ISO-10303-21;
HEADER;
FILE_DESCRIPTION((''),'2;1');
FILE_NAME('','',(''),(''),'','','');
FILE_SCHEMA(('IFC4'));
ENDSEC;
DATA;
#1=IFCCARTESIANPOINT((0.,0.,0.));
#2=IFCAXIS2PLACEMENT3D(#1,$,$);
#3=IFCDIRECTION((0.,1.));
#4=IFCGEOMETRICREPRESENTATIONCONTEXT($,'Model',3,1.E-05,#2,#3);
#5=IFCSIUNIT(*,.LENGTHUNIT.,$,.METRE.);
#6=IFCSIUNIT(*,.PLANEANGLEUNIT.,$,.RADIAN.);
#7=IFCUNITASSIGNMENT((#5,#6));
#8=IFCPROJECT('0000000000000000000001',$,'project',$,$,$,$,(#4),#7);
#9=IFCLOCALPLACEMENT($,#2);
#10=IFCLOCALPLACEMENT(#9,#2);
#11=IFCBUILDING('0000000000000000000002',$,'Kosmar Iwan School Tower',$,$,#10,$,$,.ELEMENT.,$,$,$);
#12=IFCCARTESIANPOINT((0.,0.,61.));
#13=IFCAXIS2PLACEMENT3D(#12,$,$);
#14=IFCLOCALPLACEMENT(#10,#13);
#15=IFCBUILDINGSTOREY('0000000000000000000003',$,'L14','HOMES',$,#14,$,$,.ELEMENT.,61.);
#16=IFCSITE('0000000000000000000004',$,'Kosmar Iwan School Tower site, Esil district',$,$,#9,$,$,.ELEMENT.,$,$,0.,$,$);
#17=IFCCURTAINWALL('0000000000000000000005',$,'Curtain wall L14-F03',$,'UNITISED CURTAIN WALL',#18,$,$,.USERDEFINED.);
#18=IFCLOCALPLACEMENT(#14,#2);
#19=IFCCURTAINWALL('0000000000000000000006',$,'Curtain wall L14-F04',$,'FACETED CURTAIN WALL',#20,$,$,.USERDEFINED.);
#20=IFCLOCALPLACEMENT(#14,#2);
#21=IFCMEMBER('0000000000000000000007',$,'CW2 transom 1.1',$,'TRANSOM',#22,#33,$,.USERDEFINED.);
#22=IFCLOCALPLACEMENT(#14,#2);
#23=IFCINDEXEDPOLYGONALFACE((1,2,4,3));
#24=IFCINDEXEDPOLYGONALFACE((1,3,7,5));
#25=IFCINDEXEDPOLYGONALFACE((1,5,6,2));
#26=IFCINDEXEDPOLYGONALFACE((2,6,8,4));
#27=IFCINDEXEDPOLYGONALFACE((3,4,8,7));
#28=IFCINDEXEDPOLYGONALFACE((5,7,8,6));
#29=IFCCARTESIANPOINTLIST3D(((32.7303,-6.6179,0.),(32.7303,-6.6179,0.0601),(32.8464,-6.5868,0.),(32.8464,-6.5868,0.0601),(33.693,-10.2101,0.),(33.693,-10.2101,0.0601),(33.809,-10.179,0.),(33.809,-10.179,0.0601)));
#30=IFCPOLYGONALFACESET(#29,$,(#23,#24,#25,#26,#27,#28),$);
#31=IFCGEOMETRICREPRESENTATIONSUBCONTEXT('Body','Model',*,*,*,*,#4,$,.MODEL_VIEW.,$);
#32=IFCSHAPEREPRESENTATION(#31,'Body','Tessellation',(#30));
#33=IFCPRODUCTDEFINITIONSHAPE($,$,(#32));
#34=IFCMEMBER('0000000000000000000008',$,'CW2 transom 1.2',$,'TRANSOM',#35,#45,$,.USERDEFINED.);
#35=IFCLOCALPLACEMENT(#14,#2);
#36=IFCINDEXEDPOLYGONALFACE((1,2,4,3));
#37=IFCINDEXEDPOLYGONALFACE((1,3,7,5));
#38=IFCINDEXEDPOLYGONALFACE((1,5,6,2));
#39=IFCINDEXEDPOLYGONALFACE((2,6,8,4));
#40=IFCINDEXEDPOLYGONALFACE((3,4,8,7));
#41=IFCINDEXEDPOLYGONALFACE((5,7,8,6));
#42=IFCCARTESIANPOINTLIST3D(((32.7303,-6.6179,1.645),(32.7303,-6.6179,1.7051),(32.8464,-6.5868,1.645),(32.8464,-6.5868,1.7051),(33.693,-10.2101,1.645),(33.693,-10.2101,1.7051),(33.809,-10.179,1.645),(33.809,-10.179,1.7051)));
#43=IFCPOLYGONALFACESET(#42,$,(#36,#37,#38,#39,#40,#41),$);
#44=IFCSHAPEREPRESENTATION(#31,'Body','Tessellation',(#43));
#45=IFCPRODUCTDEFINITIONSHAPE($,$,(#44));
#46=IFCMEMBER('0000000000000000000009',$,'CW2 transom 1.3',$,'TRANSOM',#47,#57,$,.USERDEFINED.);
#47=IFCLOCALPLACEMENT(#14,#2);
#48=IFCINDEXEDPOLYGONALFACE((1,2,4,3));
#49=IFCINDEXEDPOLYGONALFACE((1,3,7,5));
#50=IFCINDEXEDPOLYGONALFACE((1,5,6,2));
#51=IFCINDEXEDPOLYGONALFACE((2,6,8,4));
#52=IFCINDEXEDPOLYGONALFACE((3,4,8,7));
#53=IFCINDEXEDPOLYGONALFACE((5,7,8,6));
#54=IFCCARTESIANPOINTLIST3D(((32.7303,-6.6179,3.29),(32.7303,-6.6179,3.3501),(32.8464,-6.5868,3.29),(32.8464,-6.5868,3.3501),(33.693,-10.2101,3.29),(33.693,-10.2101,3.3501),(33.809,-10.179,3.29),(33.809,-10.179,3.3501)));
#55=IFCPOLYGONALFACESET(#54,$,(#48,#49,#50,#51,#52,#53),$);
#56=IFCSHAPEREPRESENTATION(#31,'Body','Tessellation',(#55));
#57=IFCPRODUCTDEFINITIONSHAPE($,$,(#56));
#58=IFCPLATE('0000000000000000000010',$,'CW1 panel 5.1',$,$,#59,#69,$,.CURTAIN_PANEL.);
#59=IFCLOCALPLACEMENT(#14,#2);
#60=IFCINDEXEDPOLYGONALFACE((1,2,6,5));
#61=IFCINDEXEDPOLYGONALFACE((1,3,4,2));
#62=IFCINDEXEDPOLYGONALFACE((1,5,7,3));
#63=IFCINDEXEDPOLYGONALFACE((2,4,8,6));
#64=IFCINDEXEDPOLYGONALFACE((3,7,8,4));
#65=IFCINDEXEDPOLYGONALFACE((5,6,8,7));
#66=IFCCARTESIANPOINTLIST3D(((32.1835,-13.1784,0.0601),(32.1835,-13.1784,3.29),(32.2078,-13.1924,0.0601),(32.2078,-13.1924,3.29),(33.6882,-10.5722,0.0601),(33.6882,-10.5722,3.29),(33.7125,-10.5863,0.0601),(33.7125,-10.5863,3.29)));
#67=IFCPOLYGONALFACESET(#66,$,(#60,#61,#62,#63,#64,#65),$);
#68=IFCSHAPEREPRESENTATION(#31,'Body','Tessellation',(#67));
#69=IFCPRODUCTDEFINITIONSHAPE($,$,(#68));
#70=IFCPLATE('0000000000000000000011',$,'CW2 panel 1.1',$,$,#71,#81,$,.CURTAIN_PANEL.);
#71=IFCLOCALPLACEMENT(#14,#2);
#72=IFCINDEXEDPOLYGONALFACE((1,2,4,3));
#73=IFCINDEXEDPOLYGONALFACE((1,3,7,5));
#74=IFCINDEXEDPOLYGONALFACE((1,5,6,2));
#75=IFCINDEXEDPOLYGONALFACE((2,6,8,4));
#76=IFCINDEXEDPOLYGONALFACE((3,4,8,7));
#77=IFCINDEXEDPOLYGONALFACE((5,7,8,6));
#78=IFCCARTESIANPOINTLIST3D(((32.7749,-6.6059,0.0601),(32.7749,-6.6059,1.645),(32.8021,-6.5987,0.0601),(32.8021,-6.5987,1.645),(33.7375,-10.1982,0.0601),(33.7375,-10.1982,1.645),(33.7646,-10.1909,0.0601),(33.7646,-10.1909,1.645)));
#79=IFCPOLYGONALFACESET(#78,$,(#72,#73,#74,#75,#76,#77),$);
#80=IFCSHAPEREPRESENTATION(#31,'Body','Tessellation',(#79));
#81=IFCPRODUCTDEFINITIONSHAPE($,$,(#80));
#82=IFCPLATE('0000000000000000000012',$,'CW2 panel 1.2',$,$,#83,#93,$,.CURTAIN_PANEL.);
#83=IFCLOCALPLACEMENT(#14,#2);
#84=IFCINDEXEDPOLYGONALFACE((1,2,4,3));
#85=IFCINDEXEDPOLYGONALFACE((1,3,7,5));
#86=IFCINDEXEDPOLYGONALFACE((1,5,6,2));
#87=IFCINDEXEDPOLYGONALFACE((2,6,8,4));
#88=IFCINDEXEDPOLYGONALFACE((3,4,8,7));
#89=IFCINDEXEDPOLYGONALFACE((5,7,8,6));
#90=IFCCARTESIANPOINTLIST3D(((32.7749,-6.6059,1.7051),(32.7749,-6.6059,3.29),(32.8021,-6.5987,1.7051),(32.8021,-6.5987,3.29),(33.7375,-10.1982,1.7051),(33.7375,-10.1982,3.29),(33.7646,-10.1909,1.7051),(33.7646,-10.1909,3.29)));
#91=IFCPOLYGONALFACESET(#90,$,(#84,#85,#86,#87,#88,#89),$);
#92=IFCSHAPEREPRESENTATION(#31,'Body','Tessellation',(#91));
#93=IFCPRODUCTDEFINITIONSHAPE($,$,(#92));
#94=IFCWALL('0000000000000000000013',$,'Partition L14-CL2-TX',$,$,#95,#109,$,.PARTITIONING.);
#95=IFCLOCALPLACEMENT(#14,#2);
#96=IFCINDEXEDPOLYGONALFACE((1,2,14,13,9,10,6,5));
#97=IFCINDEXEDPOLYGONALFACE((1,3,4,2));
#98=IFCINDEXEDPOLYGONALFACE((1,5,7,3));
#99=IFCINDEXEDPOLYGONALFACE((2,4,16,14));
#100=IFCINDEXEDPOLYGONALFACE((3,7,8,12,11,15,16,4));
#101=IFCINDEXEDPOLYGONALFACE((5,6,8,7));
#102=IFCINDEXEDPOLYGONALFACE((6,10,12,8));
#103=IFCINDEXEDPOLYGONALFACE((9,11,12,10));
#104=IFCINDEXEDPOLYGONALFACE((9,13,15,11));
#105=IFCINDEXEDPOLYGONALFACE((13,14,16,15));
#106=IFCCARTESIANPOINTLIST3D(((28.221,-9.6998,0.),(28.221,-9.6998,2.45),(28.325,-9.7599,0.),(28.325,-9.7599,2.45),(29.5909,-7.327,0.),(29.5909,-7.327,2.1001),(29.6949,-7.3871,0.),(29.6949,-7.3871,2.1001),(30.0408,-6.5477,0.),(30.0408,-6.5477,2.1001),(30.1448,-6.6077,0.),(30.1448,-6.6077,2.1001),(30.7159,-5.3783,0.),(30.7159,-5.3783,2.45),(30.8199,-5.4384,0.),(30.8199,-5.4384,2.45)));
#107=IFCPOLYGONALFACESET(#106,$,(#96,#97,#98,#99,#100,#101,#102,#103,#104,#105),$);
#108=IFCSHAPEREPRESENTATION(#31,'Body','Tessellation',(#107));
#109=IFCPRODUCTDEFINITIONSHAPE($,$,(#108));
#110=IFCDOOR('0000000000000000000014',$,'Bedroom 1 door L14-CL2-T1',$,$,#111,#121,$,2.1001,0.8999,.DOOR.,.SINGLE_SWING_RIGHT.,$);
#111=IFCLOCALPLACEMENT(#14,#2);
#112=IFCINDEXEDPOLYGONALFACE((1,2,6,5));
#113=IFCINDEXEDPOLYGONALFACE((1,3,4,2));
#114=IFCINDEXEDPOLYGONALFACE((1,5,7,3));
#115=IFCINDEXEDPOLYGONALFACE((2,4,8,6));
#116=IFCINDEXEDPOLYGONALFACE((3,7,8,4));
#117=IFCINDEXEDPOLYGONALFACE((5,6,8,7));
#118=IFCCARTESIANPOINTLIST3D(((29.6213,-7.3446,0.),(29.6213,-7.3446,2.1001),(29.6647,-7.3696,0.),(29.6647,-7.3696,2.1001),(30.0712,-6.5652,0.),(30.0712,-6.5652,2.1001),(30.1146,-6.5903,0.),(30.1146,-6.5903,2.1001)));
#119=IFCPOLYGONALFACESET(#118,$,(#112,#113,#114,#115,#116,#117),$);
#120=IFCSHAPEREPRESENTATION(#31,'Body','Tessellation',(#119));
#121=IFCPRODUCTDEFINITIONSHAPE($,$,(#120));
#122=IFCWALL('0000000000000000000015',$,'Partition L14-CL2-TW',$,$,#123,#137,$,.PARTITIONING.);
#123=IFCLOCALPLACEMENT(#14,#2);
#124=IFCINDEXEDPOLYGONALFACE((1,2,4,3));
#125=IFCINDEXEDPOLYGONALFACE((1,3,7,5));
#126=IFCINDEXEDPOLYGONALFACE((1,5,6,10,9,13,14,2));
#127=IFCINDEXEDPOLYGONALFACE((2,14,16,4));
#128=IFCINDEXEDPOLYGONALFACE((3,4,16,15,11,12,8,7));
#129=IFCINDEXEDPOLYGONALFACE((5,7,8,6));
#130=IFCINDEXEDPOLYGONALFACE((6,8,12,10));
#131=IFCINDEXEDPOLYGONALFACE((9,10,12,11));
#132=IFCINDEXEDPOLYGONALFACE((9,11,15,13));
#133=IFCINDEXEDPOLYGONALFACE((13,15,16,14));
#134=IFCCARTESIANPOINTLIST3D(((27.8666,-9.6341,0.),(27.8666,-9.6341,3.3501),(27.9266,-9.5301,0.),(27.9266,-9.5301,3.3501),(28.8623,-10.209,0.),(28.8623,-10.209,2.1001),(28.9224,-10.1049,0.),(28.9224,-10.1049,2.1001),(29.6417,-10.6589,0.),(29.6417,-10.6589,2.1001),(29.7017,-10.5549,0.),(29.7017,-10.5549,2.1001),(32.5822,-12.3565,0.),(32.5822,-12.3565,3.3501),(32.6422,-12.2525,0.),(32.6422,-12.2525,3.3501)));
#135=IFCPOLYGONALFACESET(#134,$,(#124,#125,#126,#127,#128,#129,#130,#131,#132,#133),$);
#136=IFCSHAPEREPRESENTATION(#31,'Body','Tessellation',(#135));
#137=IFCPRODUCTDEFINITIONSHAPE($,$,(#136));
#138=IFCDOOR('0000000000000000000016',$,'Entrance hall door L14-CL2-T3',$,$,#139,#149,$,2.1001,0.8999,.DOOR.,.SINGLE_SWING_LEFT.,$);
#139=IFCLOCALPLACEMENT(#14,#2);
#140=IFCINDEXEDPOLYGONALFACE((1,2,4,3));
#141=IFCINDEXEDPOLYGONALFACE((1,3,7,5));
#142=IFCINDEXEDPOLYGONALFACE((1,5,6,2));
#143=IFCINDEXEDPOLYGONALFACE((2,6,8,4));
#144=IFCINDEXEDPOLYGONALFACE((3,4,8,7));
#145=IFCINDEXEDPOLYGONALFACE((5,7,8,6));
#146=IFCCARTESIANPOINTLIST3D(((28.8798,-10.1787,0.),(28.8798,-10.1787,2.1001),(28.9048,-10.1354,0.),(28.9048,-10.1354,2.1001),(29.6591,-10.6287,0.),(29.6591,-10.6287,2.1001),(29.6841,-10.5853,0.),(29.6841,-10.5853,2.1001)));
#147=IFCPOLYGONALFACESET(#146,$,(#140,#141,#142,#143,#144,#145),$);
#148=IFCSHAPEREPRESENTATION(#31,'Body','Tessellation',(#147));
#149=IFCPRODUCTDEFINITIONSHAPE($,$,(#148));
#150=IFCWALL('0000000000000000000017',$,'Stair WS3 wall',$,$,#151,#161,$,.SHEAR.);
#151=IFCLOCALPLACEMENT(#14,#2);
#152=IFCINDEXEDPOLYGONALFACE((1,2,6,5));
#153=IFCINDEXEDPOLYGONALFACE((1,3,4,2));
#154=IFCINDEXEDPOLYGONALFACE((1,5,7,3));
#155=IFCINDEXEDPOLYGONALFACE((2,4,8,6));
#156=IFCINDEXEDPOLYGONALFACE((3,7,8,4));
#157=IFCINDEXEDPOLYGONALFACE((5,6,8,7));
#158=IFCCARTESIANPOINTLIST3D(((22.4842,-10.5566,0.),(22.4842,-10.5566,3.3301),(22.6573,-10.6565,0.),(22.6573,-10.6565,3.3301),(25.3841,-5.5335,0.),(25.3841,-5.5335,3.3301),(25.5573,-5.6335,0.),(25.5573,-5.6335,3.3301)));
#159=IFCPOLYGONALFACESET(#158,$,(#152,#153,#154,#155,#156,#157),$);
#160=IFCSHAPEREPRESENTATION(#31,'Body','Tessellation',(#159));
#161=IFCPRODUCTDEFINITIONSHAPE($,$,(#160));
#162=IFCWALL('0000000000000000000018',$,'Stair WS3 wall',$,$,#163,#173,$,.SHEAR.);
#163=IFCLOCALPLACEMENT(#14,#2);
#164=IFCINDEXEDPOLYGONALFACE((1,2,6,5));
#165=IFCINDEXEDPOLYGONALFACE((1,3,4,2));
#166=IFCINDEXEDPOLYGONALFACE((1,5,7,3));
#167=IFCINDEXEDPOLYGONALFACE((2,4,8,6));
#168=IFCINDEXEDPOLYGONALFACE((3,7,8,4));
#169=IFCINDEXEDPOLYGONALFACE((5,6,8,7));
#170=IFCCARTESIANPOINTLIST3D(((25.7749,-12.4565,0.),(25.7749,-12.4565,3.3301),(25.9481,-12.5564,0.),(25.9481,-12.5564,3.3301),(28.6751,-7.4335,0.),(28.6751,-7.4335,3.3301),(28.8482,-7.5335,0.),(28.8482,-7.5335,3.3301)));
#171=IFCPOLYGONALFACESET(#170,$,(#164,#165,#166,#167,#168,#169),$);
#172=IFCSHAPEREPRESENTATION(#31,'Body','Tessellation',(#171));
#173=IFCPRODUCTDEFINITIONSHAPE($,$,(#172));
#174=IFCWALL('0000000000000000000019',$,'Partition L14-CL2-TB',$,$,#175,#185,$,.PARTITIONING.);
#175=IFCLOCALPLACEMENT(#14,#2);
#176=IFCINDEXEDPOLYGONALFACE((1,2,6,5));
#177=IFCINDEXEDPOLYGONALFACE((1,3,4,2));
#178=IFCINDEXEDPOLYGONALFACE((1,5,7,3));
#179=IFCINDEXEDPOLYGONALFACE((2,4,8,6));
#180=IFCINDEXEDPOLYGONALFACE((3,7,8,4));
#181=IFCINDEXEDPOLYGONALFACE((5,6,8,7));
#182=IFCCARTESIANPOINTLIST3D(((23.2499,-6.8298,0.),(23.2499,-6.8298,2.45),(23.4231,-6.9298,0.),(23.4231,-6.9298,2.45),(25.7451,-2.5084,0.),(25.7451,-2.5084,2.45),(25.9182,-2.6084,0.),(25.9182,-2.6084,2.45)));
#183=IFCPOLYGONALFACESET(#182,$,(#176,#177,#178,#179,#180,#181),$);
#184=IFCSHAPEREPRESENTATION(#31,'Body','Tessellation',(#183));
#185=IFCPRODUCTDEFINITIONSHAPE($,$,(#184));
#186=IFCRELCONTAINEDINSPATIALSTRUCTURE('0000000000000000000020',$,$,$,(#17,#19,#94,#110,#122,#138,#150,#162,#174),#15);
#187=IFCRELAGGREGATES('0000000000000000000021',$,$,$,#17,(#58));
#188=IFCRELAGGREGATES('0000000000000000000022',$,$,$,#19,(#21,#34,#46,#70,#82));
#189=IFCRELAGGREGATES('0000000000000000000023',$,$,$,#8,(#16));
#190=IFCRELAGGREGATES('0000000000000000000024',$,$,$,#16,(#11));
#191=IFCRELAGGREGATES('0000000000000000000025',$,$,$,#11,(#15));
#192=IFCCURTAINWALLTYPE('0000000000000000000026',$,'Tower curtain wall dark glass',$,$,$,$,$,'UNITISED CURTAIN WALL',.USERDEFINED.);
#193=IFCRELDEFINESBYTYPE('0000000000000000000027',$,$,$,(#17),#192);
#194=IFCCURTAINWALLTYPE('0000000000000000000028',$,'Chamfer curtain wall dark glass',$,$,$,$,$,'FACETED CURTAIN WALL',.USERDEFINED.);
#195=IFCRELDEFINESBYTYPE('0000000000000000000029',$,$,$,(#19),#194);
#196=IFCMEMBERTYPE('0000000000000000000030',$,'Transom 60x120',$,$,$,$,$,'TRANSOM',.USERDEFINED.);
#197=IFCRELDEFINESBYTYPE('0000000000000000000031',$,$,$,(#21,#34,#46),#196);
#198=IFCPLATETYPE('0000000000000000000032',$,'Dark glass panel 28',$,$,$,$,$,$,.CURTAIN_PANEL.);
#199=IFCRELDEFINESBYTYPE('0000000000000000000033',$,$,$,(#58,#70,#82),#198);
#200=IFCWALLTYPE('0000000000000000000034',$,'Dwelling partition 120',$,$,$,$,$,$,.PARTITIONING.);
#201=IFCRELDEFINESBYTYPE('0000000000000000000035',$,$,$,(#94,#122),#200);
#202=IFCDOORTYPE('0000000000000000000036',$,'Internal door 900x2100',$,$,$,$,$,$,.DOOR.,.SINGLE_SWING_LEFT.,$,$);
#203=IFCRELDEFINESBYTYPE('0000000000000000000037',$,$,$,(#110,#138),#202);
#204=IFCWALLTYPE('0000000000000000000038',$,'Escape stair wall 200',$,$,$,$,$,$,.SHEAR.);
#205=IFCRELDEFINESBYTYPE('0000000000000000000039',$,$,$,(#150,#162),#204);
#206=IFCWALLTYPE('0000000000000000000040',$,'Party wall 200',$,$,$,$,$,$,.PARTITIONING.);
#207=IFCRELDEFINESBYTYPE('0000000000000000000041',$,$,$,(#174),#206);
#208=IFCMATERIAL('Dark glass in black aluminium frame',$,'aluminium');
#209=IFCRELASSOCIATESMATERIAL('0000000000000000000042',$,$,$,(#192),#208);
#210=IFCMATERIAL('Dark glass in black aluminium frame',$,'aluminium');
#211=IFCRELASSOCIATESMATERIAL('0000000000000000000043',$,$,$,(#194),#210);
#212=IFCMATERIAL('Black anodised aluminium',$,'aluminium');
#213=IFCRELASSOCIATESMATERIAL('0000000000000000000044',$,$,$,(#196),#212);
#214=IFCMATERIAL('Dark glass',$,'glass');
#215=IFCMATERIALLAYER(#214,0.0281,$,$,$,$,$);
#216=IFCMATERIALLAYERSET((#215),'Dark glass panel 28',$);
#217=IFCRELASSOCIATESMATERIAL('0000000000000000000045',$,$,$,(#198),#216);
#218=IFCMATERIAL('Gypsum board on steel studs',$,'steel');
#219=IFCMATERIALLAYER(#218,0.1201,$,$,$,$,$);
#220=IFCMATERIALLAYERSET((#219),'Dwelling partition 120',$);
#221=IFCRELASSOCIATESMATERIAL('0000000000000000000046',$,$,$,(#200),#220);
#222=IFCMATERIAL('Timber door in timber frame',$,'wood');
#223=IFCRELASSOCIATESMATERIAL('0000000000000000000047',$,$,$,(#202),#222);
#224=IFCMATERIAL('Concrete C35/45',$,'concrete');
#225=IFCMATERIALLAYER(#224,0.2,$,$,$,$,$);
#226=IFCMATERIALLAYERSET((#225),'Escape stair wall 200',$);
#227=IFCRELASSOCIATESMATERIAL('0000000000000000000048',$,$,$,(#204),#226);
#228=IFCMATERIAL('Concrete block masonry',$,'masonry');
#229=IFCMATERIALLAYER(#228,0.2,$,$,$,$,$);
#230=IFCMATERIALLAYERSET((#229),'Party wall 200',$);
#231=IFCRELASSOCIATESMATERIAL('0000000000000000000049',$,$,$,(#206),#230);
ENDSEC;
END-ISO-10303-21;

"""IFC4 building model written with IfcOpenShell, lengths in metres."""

from ifc_helpers import new_model, si_unit, direction, frame, frame_2d, origin, origin_2d, place, context, subcontext, project, spatial, rectangle, extrude, material, layer, layer_set, material_profile, profile_set, type_object, element, fill, aggregate, save


model = new_model("IFC4")

# Units and contexts
model_context = context("Model", 3, precision=1e-05, world=origin(), true_north=direction((0.0, 1.0)))
body_context = subcontext(model_context, "Body", "Model", "MODEL_VIEW")
ifc_project = project(units=[si_unit("LENGTHUNIT", "METRE"), si_unit("PLANEANGLEUNIT", "RADIAN")], contexts=[model_context])

# Site, building, storey
site_placement = place(None, origin())
site = spatial("IfcSite", under=ifc_project, at=site_placement, Name="Kosmar Iwan School Tower site, Esil district", CompositionType="ELEMENT", RefElevation=0.0)
building_placement = place(site_placement, origin())
building = spatial("IfcBuilding", under=site, at=building_placement, Name="Kosmar Iwan School Tower", CompositionType="ELEMENT")
storey_placement = place(building_placement, frame((0.0, 0.0, 61.0)))
storey = spatial("IfcBuildingStorey", under=building, at=storey_placement, Name="L14", Description="HOMES", CompositionType="ELEMENT", Elevation=61.0)

# Curtain wall
ifc_material_1 = material(Name="Dark glass in black aluminium frame", Category="aluminium")
curtain_wall_type_1 = type_object("IfcCurtainWallType", Name="Tower curtain wall dark glass", ElementType="UNITISED CURTAIN WALL", PredefinedType="USERDEFINED", material=ifc_material_1)
curtain_wall_1_placement = place(storey_placement, origin())
curtain_wall_1 = element("IfcCurtainWall", 1, at=curtain_wall_1_placement, inside=storey, type_object=curtain_wall_type_1, Name="Curtain wall L14-F03", ObjectType="UNITISED CURTAIN WALL", PredefinedType="USERDEFINED")

# Curtain wall
ifc_material_2 = material(Name="Dark glass in black aluminium frame", Category="aluminium")
curtain_wall_type_2 = type_object("IfcCurtainWallType", Name="Chamfer curtain wall dark glass", ElementType="FACETED CURTAIN WALL", PredefinedType="USERDEFINED", material=ifc_material_2)
curtain_wall_2_placement = place(storey_placement, origin())
curtain_wall_2 = element("IfcCurtainWall", 2, at=curtain_wall_2_placement, inside=storey, type_object=curtain_wall_type_2, Name="Curtain wall L14-F04", ObjectType="FACETED CURTAIN WALL", PredefinedType="USERDEFINED")

# Members
ifc_material_3 = material(Name="Black anodised aluminium", Category="aluminium")
ifc_material_profile_1 = material_profile(ifc_material_3, rectangle(XDim=0.1201, YDim=0.0601, at=origin_2d()), Name="TRANSOM 60x120")
ifc_profile_set_1 = profile_set([ifc_material_profile_1], Name="Black anodised aluminium")
member_type_1 = type_object("IfcMemberType", Name="Transom 60x120", ElementType="TRANSOM", PredefinedType="USERDEFINED", material=ifc_profile_set_1)
member_1_placement = place(storey_placement, frame((33.751, -10.1946, 0.03), z_axis=(-0.258843, 0.965919, 0.0), x_axis=(-0.965919, -0.258843, 0.0)))
member_1 = element("IfcMember", 3, at=member_1_placement, type_object=member_type_1, Name="CW2 transom 1.1", ObjectType="TRANSOM", PredefinedType="USERDEFINED", context=body_context, shape_type="SweptSolid", body=[
    extrude(rectangle(XDim=0.1201, YDim=0.0601, at=origin_2d()), origin(), (0.0, 0.0, 1.0), 3.719),
])
member_2_placement = place(storey_placement, frame((33.751, -10.1946, 1.675), z_axis=(-0.258843, 0.965919, 0.0), x_axis=(-0.965919, -0.258843, 0.0)))
member_2 = element("IfcMember", 4, at=member_2_placement, type_object=member_type_1, Name="CW2 transom 1.2", ObjectType="TRANSOM", PredefinedType="USERDEFINED", context=body_context, shape_type="SweptSolid", body=[
    extrude(rectangle(XDim=0.1201, YDim=0.0601, at=origin_2d()), origin(), (0.0, 0.0, 1.0), 3.719),
])
member_3_placement = place(storey_placement, frame((33.751, -10.1946, 3.3201), z_axis=(-0.258843, 0.965919, 0.0), x_axis=(-0.965919, -0.258843, 0.0)))
member_3 = element("IfcMember", 5, at=member_3_placement, type_object=member_type_1, Name="CW2 transom 1.3", ObjectType="TRANSOM", PredefinedType="USERDEFINED", context=body_context, shape_type="SweptSolid", body=[
    extrude(rectangle(XDim=0.1201, YDim=0.0601, at=origin_2d()), origin(), (0.0, 0.0, 1.0), 3.719),
])

# Plates
ifc_material_4 = material(Name="Dark glass", Category="glass")
ifc_layer_1 = layer(ifc_material_4, 0.0281)
ifc_layer_set_1 = layer_set([ifc_layer_1], Name="Dark glass panel 28")
plate_type = type_object("IfcPlateType", Name="Dark glass panel 28", PredefinedType="CURTAIN_PANEL", material=ifc_layer_set_1)
plate_1_placement = place(storey_placement, frame((32.948, -11.8823, 0.0601), z_axis=(0.0, 0.0, 1.0), x_axis=(0.5, 0.866025, 0.0)))
plate_1 = element("IfcPlate", 6, at=plate_1_placement, type_object=plate_type, Name="CW1 panel 5.1", PredefinedType="CURTAIN_PANEL", context=body_context, shape_type="SweptSolid", body=[
    extrude(rectangle(XDim=3.0093, YDim=0.0281, at=origin_2d()), origin(), (0.0, 0.0, 1.0), 3.23),
])
aggregate(curtain_wall_1, [plate_1])
plate_2_placement = place(storey_placement, frame((33.2698, -8.3984, 0.0601), z_axis=(0.0, 0.0, 1.0), x_axis=(-0.258819, 0.965926, 0.0)))
plate_2 = element("IfcPlate", 7, at=plate_2_placement, type_object=plate_type, Name="CW2 panel 1.1", PredefinedType="CURTAIN_PANEL", context=body_context, shape_type="SweptSolid", body=[
    extrude(rectangle(XDim=3.719, YDim=0.0281, at=origin_2d()), origin(), (0.0, 0.0, 1.0), 1.585),
])
plate_3_placement = place(storey_placement, frame((33.2698, -8.3984, 1.7051), z_axis=(0.0, 0.0, 1.0), x_axis=(-0.258819, 0.965926, 0.0)))
plate_3 = element("IfcPlate", 8, at=plate_3_placement, type_object=plate_type, Name="CW2 panel 1.2", PredefinedType="CURTAIN_PANEL", context=body_context, shape_type="SweptSolid", body=[
    extrude(rectangle(XDim=3.719, YDim=0.0281, at=origin_2d()), origin(), (0.0, 0.0, 1.0), 1.585),
])
aggregate(curtain_wall_2, [member_1, member_2, member_3, plate_2, plate_3])

# Walls, openings, doors
ifc_material_5 = material(Name="Gypsum board on steel studs", Category="steel")
ifc_layer_2 = layer(ifc_material_5, 0.1201)
ifc_layer_set_2 = layer_set([ifc_layer_2], Name="Dwelling partition 120")
wall_type_1 = type_object("IfcWallType", Name="Dwelling partition 120", PredefinedType="PARTITIONING", material=ifc_layer_set_2)
wall_1_placement = place(storey_placement, frame((28.2729, -9.73, 0.0), z_axis=(0.0, 0.0, 1.0), x_axis=(0.499975, 0.86604, 0.0)))
wall_1 = element("IfcWall", 9, at=wall_1_placement, inside=storey, type_object=wall_type_1, Name="Partition L14-CL2-TX", PredefinedType="PARTITIONING", context=body_context, shape_type="SweptSolid", body=[
    extrude(rectangle(XDim=4.99, YDim=0.1201, at=frame_2d((2.4951, 0.0))), origin(), (0.0, 0.0, 1.0), 2.45),
])
opening_1_placement = place(wall_1_placement, frame((2.74, 0.0, 0.0)))
opening_1 = element("IfcOpeningElement", 10, at=opening_1_placement, cuts=wall_1, PredefinedType="OPENING", context=body_context, shape_type="SweptSolid", body=[
    extrude(rectangle(XDim=0.8999, YDim=2.1001, at=frame_2d((0.45, 1.05))), frame((0.0, 0.072, 0.0), z_axis=(0.0, -1.0, 0.0), x_axis=(1.0, 0.0, 0.0)), (0.0, 0.0, 1.0), 0.144),
])
ifc_material_6 = material(Name="Timber door in timber frame", Category="wood")
door_type = type_object("IfcDoorType", Name="Internal door 900x2100", OperationType="SINGLE_SWING_LEFT", PredefinedType="DOOR", material=ifc_material_6)
door_1_placement = place(opening_1_placement, origin())
door_1 = element("IfcDoor", 11, at=door_1_placement, inside=storey, type_object=door_type, Name="Bedroom 1 door L14-CL2-T1", OperationType="SINGLE_SWING_RIGHT", OverallHeight=2.1001, OverallWidth=0.8999, PredefinedType="DOOR", context=body_context, shape_type="SweptSolid", body=[
    extrude(rectangle(XDim=0.8999, YDim=2.1001, at=frame_2d((0.45, 1.05))), frame((0.0, 0.0249, 0.0), z_axis=(0.0, -1.0, 0.0), x_axis=(1.0, 0.0, 0.0)), (0.0, 0.0, 1.0), 0.05),
])
fill(opening_1, door_1)
wall_2_placement = place(storey_placement, frame((27.8965, -9.582, 0.0), z_axis=(0.0, 0.0, 1.0), x_axis=(0.866036, -0.499982, 0.0)))
wall_2 = element("IfcWall", 12, at=wall_2_placement, inside=storey, type_object=wall_type_1, Name="Partition L14-CL2-TW", PredefinedType="PARTITIONING", context=body_context, shape_type="SweptSolid", body=[
    extrude(rectangle(XDim=5.4451, YDim=0.1201, at=frame_2d((2.7227, 0.0))), origin(), (0.0, 0.0, 1.0), 3.3501),
])
opening_2_placement = place(wall_2_placement, frame((1.1499, 0.0, 0.0)))
opening_2 = element("IfcOpeningElement", 13, at=opening_2_placement, cuts=wall_2, PredefinedType="OPENING", context=body_context, shape_type="SweptSolid", body=[
    extrude(rectangle(XDim=0.8999, YDim=2.1001, at=frame_2d((0.45, 1.05))), frame((0.0, 0.072, 0.0), z_axis=(0.0, -1.0, 0.0), x_axis=(1.0, 0.0, 0.0)), (0.0, 0.0, 1.0), 0.144),
])
door_2_placement = place(opening_2_placement, origin())
door_2 = element("IfcDoor", 14, at=door_2_placement, inside=storey, type_object=door_type, Name="Entrance hall door L14-CL2-T3", OperationType="SINGLE_SWING_LEFT", OverallHeight=2.1001, OverallWidth=0.8999, PredefinedType="DOOR", context=body_context, shape_type="SweptSolid", body=[
    extrude(rectangle(XDim=0.8999, YDim=2.1001, at=frame_2d((0.45, 1.05))), frame((0.0, 0.0249, 0.0), z_axis=(0.0, -1.0, 0.0), x_axis=(1.0, 0.0, 0.0)), (0.0, 0.0, 1.0), 0.05),
])
fill(opening_2, door_2)

# Walls
ifc_material_7 = material(Name="Concrete C35/45", Category="concrete")
ifc_layer_3 = layer(ifc_material_7, 0.2)
ifc_layer_set_3 = layer_set([ifc_layer_3], Name="Escape stair wall 200")
wall_type_2 = type_object("IfcWallType", Name="Escape stair wall 200", PredefinedType="SHEAR", material=ifc_layer_set_3)
for number, where, z_axis, x_axis, name in (
    (15, (22.5708, -10.6064, 0.0), (0.0, 0.0, 1.0), (0.499987, 0.866033, 0.0), "Stair WS3 wall"),
    (16, (25.8616, -12.5063, 0.0), (0.0, 0.0, 1.0), (0.500019, 0.866015, 0.0), "Stair WS3 wall"),
):
    element("IfcWall", number, at=place(storey_placement, frame(where, z_axis=z_axis, x_axis=x_axis)), inside=storey, type_object=wall_type_2, Name=name, PredefinedType="SHEAR", context=body_context, shape_type="SweptSolid", body=[
        extrude(rectangle(XDim=5.8, YDim=0.2, at=frame_2d((2.8999, 0.0))), origin(), (0.0, 0.0, 1.0), 3.3301),
    ])
ifc_material_8 = material(Name="Concrete block masonry", Category="masonry")
ifc_layer_4 = layer(ifc_material_8, 0.2)
ifc_layer_set_4 = layer_set([ifc_layer_4], Name="Party wall 200")
wall_type_3 = type_object("IfcWallType", Name="Party wall 200", PredefinedType="PARTITIONING", material=ifc_layer_set_4)
wall_3_placement = place(storey_placement, frame((23.3364, -6.8799, 0.0), z_axis=(0.0, 0.0, 1.0), x_axis=(0.500033, 0.866006, 0.0)))
element("IfcWall", 17, at=wall_3_placement, inside=storey, type_object=wall_type_3, Name="Partition L14-CL2-TB", PredefinedType="PARTITIONING", context=body_context, shape_type="SweptSolid", body=[
    extrude(rectangle(XDim=4.99, YDim=0.2, at=frame_2d((2.4951, 0.0))), origin(), (0.0, 0.0, 1.0), 2.45),
])

save(model, "model.ifc")
